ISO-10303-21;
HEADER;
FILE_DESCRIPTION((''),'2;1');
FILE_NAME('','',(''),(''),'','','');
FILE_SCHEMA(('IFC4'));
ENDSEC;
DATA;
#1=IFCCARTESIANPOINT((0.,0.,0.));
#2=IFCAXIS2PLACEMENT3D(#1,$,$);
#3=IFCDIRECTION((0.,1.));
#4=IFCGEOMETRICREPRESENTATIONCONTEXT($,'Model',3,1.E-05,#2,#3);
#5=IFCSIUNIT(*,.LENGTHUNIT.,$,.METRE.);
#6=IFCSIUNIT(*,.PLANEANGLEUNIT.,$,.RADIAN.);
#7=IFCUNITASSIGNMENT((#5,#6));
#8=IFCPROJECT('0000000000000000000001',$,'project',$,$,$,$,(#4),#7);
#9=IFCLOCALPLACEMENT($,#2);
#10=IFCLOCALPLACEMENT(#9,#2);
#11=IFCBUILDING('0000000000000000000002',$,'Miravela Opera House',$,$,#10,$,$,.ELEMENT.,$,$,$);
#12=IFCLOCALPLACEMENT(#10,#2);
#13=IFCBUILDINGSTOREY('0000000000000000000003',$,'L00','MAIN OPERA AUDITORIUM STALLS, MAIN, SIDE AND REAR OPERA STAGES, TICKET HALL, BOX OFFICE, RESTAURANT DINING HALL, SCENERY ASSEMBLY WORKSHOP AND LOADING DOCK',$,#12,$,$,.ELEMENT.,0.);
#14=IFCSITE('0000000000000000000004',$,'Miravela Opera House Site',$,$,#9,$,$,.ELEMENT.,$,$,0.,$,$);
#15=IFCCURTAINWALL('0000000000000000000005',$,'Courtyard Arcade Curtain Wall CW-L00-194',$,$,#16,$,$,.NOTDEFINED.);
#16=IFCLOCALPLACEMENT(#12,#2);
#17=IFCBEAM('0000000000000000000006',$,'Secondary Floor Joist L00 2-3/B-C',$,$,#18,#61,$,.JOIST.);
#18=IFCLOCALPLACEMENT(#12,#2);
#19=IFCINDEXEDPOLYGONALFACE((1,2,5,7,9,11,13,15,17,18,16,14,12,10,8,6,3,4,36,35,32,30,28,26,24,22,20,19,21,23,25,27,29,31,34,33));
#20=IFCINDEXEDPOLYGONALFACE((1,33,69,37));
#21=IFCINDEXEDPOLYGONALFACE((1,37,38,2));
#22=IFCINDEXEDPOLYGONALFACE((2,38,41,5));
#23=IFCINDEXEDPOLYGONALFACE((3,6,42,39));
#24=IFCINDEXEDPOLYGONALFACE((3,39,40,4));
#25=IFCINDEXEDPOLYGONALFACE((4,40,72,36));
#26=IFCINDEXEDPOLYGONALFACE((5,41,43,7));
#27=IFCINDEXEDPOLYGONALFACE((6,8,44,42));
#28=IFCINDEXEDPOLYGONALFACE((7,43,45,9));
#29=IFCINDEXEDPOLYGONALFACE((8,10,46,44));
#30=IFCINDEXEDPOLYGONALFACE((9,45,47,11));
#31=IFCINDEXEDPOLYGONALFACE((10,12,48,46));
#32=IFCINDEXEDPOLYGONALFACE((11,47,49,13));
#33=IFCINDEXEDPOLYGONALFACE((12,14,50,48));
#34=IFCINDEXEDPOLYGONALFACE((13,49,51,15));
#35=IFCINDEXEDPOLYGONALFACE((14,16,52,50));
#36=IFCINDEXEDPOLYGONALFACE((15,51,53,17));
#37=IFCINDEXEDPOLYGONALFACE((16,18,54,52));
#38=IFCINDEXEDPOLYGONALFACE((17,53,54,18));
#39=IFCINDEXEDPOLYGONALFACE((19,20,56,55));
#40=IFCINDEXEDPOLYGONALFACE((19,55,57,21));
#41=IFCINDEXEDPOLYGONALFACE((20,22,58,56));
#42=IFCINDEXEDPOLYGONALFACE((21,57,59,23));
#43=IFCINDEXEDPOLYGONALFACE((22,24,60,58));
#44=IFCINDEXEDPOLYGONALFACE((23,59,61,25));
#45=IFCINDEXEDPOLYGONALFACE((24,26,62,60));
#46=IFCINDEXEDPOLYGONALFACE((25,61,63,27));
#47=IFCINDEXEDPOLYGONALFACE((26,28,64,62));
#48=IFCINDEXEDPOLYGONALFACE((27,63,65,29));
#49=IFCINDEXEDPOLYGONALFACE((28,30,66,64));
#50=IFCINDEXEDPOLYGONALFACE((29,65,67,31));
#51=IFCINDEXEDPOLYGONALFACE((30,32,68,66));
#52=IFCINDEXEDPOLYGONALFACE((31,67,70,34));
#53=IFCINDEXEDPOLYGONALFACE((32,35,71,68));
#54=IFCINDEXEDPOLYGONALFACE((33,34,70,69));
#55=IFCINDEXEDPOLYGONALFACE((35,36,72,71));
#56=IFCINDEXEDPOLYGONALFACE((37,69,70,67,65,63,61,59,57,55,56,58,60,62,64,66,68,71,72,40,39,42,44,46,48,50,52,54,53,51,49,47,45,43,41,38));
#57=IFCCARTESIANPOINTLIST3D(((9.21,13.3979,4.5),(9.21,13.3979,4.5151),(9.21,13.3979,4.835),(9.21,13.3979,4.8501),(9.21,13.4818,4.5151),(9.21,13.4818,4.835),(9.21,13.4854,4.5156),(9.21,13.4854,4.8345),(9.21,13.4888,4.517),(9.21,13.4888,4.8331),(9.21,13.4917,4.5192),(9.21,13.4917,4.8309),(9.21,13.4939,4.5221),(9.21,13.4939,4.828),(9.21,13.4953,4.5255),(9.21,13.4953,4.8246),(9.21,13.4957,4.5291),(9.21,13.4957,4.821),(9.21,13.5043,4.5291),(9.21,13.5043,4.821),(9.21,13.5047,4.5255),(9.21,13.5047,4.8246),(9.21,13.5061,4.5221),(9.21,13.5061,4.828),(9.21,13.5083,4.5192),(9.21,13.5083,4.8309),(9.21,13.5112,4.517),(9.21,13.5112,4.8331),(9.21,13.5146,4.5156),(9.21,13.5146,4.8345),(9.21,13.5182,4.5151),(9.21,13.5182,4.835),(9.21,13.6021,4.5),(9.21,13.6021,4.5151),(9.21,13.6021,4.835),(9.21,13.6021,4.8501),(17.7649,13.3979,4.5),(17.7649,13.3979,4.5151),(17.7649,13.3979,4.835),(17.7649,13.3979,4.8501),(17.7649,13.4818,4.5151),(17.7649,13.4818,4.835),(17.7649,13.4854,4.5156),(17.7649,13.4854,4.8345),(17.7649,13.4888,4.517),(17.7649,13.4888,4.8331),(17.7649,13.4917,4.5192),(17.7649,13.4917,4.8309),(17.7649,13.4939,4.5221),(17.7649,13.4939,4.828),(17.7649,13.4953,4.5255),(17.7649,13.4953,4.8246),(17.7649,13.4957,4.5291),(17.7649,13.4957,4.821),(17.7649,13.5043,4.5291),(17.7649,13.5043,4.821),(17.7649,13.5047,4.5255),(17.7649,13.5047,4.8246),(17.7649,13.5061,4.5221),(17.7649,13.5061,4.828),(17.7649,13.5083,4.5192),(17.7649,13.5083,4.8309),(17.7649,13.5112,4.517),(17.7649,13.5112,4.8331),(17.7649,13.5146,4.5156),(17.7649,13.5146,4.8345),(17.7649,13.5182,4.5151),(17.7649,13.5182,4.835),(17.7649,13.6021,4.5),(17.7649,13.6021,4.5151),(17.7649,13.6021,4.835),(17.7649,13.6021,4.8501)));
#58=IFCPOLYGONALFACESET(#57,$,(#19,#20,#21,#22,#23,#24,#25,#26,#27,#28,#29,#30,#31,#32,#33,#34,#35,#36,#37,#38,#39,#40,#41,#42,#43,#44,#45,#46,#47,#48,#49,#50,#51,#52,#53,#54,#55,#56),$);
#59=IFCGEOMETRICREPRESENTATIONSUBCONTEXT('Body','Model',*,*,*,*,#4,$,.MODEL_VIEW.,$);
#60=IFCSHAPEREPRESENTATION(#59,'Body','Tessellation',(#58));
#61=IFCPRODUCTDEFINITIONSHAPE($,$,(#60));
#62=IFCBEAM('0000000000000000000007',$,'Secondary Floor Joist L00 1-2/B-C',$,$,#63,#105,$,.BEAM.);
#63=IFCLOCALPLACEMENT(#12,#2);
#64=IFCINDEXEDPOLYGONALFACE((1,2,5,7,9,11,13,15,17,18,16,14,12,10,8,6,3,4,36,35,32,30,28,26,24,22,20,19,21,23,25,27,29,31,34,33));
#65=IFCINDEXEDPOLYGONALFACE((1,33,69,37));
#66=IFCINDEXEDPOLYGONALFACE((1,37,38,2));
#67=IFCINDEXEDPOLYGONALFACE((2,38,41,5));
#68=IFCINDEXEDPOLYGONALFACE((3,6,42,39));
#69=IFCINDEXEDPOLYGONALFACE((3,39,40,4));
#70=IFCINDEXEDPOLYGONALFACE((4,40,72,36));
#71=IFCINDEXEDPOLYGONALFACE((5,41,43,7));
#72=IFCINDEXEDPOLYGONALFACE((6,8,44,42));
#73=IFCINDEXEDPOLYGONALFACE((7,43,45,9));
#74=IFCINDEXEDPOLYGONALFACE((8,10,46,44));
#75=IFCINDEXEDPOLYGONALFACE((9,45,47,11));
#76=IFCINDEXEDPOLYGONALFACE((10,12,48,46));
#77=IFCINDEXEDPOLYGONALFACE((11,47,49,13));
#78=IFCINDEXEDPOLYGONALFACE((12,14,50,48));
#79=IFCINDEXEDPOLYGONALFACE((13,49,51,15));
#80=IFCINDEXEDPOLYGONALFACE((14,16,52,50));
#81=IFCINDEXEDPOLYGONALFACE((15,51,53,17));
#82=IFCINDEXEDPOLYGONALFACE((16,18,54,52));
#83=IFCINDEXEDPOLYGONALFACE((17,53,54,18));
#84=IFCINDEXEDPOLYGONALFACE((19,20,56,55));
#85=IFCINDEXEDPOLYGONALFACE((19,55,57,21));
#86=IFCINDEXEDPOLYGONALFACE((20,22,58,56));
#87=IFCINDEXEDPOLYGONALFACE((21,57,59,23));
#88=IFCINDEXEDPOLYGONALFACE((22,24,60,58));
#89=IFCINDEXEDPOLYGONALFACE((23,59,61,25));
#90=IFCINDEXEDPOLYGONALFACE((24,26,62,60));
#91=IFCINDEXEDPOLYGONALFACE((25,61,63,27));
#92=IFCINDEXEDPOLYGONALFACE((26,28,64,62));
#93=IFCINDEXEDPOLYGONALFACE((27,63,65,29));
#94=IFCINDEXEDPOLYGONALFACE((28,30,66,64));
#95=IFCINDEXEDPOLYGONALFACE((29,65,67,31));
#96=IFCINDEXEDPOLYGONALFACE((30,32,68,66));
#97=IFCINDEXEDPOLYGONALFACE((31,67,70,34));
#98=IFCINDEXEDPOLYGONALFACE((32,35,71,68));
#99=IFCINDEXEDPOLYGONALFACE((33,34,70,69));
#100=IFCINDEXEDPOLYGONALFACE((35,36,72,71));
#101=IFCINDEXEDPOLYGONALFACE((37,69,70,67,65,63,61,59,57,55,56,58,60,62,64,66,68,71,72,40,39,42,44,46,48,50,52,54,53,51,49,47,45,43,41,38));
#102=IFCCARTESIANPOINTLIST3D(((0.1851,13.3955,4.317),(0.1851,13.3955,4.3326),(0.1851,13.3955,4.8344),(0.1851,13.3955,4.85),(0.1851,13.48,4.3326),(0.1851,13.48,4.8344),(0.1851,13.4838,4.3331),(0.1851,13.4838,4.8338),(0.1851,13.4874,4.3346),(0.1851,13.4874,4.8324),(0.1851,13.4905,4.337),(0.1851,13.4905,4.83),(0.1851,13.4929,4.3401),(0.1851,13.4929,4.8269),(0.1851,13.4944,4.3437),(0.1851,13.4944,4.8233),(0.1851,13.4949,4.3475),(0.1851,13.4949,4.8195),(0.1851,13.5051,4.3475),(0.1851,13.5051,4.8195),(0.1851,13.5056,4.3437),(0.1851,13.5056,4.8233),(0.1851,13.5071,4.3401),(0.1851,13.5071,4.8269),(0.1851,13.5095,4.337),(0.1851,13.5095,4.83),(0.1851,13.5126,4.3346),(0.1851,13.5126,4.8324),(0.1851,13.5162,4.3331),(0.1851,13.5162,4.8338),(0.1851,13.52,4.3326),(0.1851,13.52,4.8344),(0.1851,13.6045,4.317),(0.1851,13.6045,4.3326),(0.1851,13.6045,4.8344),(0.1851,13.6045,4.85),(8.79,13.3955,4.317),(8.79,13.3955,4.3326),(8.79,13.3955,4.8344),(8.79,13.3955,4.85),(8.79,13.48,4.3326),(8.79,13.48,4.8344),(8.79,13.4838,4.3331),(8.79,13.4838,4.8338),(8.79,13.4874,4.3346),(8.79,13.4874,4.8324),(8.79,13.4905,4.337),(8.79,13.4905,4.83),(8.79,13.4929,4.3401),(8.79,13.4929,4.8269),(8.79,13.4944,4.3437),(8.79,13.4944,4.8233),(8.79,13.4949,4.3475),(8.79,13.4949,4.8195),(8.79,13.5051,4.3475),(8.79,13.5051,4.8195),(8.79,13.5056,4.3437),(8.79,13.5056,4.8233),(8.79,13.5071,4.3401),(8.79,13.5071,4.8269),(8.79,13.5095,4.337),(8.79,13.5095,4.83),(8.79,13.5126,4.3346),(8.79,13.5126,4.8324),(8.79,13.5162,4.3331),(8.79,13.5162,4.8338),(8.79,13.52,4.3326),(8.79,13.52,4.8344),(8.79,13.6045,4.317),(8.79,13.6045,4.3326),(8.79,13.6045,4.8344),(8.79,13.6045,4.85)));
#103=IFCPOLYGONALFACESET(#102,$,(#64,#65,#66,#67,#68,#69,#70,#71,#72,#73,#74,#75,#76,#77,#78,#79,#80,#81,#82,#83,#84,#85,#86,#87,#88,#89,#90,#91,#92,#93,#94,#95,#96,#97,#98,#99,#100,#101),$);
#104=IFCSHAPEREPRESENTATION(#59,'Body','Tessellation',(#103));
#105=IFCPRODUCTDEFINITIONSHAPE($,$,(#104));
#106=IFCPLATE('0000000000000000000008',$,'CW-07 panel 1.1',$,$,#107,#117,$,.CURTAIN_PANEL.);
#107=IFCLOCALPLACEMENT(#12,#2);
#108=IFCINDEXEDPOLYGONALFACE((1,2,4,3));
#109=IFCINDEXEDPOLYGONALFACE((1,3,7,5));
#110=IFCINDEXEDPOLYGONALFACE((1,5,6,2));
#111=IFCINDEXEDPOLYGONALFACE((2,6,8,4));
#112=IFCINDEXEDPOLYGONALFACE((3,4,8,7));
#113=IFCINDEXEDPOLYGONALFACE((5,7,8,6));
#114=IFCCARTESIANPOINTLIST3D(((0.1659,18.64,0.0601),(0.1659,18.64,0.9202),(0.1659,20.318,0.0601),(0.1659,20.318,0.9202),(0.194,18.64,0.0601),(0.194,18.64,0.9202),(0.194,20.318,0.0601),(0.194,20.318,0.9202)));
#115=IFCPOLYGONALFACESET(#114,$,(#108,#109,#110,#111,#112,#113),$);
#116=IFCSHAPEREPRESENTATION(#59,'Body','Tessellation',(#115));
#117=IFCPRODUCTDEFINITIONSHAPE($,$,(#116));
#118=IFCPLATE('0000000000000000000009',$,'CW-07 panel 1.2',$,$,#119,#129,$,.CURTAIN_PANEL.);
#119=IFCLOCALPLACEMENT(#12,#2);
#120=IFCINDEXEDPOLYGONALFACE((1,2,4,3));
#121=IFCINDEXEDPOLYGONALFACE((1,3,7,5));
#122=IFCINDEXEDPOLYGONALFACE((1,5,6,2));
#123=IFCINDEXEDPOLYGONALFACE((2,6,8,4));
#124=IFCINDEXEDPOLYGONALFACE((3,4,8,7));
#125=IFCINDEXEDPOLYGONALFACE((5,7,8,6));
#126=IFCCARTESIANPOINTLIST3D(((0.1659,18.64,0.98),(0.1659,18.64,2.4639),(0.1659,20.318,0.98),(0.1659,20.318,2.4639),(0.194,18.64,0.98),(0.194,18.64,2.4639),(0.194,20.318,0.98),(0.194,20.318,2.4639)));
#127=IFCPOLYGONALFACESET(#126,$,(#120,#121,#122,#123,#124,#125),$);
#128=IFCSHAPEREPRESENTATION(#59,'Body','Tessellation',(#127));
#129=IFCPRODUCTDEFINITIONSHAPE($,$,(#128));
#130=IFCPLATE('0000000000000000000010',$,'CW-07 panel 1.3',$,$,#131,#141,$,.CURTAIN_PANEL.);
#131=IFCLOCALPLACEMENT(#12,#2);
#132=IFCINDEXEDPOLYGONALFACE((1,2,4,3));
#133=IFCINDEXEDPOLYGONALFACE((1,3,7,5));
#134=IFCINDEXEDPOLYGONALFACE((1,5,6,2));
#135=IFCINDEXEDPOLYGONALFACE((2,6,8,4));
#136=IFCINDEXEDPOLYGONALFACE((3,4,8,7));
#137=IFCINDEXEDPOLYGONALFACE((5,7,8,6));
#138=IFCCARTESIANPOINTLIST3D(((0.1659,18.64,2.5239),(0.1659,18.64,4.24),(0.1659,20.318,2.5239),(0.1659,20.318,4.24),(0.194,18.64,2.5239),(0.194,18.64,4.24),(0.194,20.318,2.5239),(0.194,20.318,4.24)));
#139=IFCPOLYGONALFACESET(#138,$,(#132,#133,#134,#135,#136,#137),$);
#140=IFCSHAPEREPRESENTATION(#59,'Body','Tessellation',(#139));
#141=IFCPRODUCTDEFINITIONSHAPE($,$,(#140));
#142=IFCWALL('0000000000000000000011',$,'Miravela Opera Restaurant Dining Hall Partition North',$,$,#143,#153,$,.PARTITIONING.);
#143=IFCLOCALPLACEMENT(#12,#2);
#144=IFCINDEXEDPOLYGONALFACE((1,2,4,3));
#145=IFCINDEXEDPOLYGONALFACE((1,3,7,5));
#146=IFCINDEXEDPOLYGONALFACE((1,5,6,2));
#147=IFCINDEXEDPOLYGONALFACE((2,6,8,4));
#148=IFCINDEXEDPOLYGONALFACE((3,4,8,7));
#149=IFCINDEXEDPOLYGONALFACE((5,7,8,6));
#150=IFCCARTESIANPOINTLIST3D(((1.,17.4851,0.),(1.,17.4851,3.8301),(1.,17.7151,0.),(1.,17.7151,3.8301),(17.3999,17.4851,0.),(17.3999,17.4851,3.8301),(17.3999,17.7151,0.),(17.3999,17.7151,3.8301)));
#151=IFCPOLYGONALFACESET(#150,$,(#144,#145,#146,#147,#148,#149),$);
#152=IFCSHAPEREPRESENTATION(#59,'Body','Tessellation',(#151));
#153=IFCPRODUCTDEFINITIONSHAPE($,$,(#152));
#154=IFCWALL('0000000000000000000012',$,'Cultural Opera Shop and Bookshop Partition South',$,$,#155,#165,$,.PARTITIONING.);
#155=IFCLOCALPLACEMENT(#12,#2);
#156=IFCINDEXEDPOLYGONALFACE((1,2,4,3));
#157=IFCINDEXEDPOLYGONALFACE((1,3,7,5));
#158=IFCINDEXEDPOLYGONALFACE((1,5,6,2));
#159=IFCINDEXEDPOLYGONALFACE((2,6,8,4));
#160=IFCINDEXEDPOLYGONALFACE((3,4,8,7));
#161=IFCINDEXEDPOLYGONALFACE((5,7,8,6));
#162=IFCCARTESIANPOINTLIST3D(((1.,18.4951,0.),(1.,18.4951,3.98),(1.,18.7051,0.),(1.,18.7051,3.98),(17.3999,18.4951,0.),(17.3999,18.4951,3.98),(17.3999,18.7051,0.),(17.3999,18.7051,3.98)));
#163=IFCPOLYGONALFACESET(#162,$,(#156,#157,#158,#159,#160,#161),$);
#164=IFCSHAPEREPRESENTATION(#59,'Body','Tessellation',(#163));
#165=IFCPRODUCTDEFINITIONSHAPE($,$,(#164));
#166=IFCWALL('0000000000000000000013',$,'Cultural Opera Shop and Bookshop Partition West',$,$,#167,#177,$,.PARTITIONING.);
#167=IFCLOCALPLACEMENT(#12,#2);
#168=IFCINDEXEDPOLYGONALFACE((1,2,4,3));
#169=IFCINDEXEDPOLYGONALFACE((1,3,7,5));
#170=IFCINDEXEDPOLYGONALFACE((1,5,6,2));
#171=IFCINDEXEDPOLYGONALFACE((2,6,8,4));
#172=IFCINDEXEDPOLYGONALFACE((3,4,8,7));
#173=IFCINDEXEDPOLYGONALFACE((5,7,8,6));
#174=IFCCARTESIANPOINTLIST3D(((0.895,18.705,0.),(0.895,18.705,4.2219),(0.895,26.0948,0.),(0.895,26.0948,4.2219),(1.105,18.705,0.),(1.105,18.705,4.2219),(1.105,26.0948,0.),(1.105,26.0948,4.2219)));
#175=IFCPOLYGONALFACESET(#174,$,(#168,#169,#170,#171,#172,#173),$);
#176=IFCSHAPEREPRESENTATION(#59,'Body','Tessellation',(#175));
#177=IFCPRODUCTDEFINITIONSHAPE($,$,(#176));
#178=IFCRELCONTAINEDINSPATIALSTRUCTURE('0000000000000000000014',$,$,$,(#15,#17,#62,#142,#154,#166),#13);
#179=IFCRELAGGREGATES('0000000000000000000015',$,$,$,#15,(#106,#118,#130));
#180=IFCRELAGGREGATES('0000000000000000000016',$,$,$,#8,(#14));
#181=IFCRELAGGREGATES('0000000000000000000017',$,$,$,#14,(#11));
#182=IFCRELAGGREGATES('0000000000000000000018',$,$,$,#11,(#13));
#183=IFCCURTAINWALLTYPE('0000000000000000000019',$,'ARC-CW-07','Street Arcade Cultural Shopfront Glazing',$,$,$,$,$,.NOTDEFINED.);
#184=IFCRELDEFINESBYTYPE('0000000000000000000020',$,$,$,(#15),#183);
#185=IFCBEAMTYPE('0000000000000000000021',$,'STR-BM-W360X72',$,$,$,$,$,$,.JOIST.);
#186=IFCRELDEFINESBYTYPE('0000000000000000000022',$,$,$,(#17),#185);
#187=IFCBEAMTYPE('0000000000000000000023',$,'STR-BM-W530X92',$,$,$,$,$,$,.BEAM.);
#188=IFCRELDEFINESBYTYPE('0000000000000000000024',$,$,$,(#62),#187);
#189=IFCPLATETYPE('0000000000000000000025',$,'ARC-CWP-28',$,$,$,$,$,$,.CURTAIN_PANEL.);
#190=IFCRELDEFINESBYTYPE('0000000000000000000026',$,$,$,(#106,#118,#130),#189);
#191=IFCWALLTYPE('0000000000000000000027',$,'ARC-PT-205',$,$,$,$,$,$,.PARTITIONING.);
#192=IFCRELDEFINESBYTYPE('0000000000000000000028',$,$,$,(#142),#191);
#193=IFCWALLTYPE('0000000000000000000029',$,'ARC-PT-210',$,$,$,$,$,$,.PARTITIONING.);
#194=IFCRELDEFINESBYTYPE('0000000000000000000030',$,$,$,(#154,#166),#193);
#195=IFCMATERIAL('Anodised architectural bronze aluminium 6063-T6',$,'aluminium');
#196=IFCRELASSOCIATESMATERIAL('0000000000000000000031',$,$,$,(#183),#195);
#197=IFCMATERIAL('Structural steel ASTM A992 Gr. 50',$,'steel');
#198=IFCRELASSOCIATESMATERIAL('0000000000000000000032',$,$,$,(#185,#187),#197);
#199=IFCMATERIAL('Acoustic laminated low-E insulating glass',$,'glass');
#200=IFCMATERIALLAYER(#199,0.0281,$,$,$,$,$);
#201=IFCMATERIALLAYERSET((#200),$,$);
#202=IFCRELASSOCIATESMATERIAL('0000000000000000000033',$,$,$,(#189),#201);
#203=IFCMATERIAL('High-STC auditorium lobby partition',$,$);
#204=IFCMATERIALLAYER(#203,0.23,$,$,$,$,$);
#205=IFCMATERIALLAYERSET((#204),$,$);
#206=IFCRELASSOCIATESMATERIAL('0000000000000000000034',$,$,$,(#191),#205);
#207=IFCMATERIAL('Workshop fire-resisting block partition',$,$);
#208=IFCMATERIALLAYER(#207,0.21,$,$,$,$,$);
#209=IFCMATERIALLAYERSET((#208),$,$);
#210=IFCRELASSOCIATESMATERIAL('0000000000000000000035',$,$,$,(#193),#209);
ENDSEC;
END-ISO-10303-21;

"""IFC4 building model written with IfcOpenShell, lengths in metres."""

from ifc_helpers import new_model, si_unit, direction, frame, frame_2d, origin, origin_2d, place, context, subcontext, project, spatial, rectangle, i_section, extrude, material, layer, layer_set, material_profile, profile_set, type_object, element, aggregate, save


model = new_model("IFC4")

# Units and contexts
model_context = context("Model", 3, precision=1e-05, world=origin(), true_north=direction((0.0, 1.0)))
body_context = subcontext(model_context, "Body", "Model", "MODEL_VIEW")
ifc_project = project(units=[si_unit("LENGTHUNIT", "METRE"), si_unit("PLANEANGLEUNIT", "RADIAN")], contexts=[model_context])

# Site, building, storey
site_placement = place(None, origin())
site = spatial("IfcSite", under=ifc_project, at=site_placement, Name="Miravela Opera House Site", CompositionType="ELEMENT", RefElevation=0.0)
building_placement = place(site_placement, origin())
building = spatial("IfcBuilding", under=site, at=building_placement, Name="Miravela Opera House", CompositionType="ELEMENT")
storey_placement = place(building_placement, origin())
storey = spatial("IfcBuildingStorey", under=building, at=storey_placement, Name="L00", Description="MAIN OPERA AUDITORIUM STALLS, MAIN, SIDE AND REAR OPERA STAGES, TICKET HALL, BOX OFFICE, RESTAURANT DINING HALL, SCENERY ASSEMBLY WORKSHOP AND LOADING DOCK", CompositionType="ELEMENT", Elevation=0.0)

# Shared definitions
ifc_material_1 = material(Name="Anodised architectural bronze aluminium 6063-T6", Category="aluminium")
curtain_wall_type = type_object("IfcCurtainWallType", Name="ARC-CW-07", Description="Street Arcade Cultural Shopfront Glazing", PredefinedType="NOTDEFINED", material=ifc_material_1)

# Curtain wall
curtain_wall_1_placement = place(storey_placement, origin())
curtain_wall_1 = element("IfcCurtainWall", 1, at=curtain_wall_1_placement, inside=storey, type_object=curtain_wall_type, Name="Courtyard Arcade Curtain Wall CW-L00-194", PredefinedType="NOTDEFINED")

# Beams
ifc_material_2 = material(Name="Structural steel ASTM A992 Gr. 50", Category="steel")
ifc_material_profile_1 = material_profile(ifc_material_2, i_section(OverallWidth=0.2041, OverallDepth=0.3501, WebThickness=0.0085, FlangeThickness=0.0151, FilletRadius=0.0139, at=origin_2d()), Name="W360X72")
ifc_profile_set_1 = profile_set([ifc_material_profile_1])
beam_type_1 = type_object("IfcBeamType", Name="STR-BM-W360X72", PredefinedType="JOIST", material=ifc_profile_set_1)
beam_1_placement = place(storey_placement, frame((9.21, 13.5, 4.675), z_axis=(1.0, 0.0, 0.0), x_axis=(0.0, 1.0, 0.0)))
element("IfcBeam", 2, at=beam_1_placement, inside=storey, type_object=beam_type_1, Name="Secondary Floor Joist L00 2-3/B-C", PredefinedType="JOIST", context=body_context, shape_type="SweptSolid", body=[
    extrude(i_section(OverallWidth=0.2041, OverallDepth=0.3501, WebThickness=0.0085, FlangeThickness=0.0151, FilletRadius=0.0139, at=origin_2d()), origin(), (0.0, 0.0, 1.0), 8.5549),
])
ifc_material_profile_2 = material_profile(ifc_material_2, i_section(OverallWidth=0.209, OverallDepth=0.533, WebThickness=0.0103, FlangeThickness=0.0156, FilletRadius=0.0149, at=origin_2d()), Name="W530X92")
ifc_profile_set_2 = profile_set([ifc_material_profile_2])
beam_type_2 = type_object("IfcBeamType", Name="STR-BM-W530X92", PredefinedType="BEAM", material=ifc_profile_set_2)
beam_2_placement = place(storey_placement, frame((0.1851, 13.5, 4.5835), z_axis=(1.0, 0.0, 0.0), x_axis=(0.0, 1.0, 0.0)))
element("IfcBeam", 3, at=beam_2_placement, inside=storey, type_object=beam_type_2, Name="Secondary Floor Joist L00 1-2/B-C", PredefinedType="BEAM", context=body_context, shape_type="SweptSolid", body=[
    extrude(i_section(OverallWidth=0.209, OverallDepth=0.533, WebThickness=0.0103, FlangeThickness=0.0156, FilletRadius=0.0149, at=origin_2d()), origin(), (0.0, 0.0, 1.0), 8.605),
])

# Plates
ifc_material_3 = material(Name="Acoustic laminated low-E insulating glass", Category="glass")
ifc_layer_1 = layer(ifc_material_3, 0.0281)
ifc_layer_set_1 = layer_set([ifc_layer_1])
plate_type = type_object("IfcPlateType", Name="ARC-CWP-28", PredefinedType="CURTAIN_PANEL", material=ifc_layer_set_1)
plate_1_placement = place(storey_placement, frame((0.1799, 19.479, 0.0601), z_axis=(0.0, 0.0, 1.0), x_axis=(0.0, 1.0, 0.0)))
plate_1 = element("IfcPlate", 4, at=plate_1_placement, type_object=plate_type, Name="CW-07 panel 1.1", PredefinedType="CURTAIN_PANEL", context=body_context, shape_type="SweptSolid", body=[
    extrude(rectangle(XDim=1.678, YDim=0.0281, at=origin_2d()), origin(), (0.0, 0.0, 1.0), 0.8601),
])
plate_2_placement = place(storey_placement, frame((0.1799, 19.479, 0.98), z_axis=(0.0, 0.0, 1.0), x_axis=(0.0, 1.0, 0.0)))
plate_2 = element("IfcPlate", 5, at=plate_2_placement, type_object=plate_type, Name="CW-07 panel 1.2", PredefinedType="CURTAIN_PANEL", context=body_context, shape_type="SweptSolid", body=[
    extrude(rectangle(XDim=1.678, YDim=0.0281, at=origin_2d()), origin(), (0.0, 0.0, 1.0), 1.4839),
])
plate_3_placement = place(storey_placement, frame((0.1799, 19.479, 2.5239), z_axis=(0.0, 0.0, 1.0), x_axis=(0.0, 1.0, 0.0)))
plate_3 = element("IfcPlate", 6, at=plate_3_placement, type_object=plate_type, Name="CW-07 panel 1.3", PredefinedType="CURTAIN_PANEL", context=body_context, shape_type="SweptSolid", body=[
    extrude(rectangle(XDim=1.678, YDim=0.0281, at=origin_2d()), origin(), (0.0, 0.0, 1.0), 1.7161),
])
aggregate(curtain_wall_1, [plate_1, plate_2, plate_3])

# Walls
ifc_material_4 = material(Name="High-STC auditorium lobby partition")
ifc_layer_2 = layer(ifc_material_4, 0.23)
ifc_layer_set_2 = layer_set([ifc_layer_2])
wall_type_1 = type_object("IfcWallType", Name="ARC-PT-205", PredefinedType="PARTITIONING", material=ifc_layer_set_2)
wall_1_placement = place(storey_placement, frame((1.0, 17.6001, 0.0), z_axis=(0.0, 0.0, 1.0), x_axis=(1.0, 0.0, 0.0)))
element("IfcWall", 7, at=wall_1_placement, inside=storey, type_object=wall_type_1, Name="Miravela Opera Restaurant Dining Hall Partition North", PredefinedType="PARTITIONING", context=body_context, shape_type="SweptSolid", body=[
    extrude(rectangle(XDim=16.3999, YDim=0.23, at=frame_2d((8.2, 0.0))), origin(), (0.0, 0.0, 1.0), 3.8301),
])
ifc_material_5 = material(Name="Workshop fire-resisting block partition")
ifc_layer_3 = layer(ifc_material_5, 0.21)
ifc_layer_set_3 = layer_set([ifc_layer_3])
wall_type_2 = type_object("IfcWallType", Name="ARC-PT-210", PredefinedType="PARTITIONING", material=ifc_layer_set_3)
wall_2_placement = place(storey_placement, frame((1.0, 18.6001, 0.0), z_axis=(0.0, 0.0, 1.0), x_axis=(1.0, 0.0, 0.0)))
element("IfcWall", 8, at=wall_2_placement, inside=storey, type_object=wall_type_2, Name="Cultural Opera Shop and Bookshop Partition South", PredefinedType="PARTITIONING", context=body_context, shape_type="SweptSolid", body=[
    extrude(rectangle(XDim=16.3999, YDim=0.21, at=frame_2d((8.2, 0.0))), origin(), (0.0, 0.0, 1.0), 3.98),
])
wall_3_placement = place(storey_placement, frame((1.0, 18.7051, 0.0), z_axis=(0.0, 0.0, 1.0), x_axis=(0.0, 1.0, 0.0)))
element("IfcWall", 9, at=wall_3_placement, inside=storey, type_object=wall_type_2, Name="Cultural Opera Shop and Bookshop Partition West", PredefinedType="PARTITIONING", context=body_context, shape_type="SweptSolid", body=[
    extrude(rectangle(XDim=7.3899, YDim=0.21, at=frame_2d((3.6948, 0.0))), origin(), (0.0, 0.0, 1.0), 4.2219),
])

save(model, "model.ifc")
